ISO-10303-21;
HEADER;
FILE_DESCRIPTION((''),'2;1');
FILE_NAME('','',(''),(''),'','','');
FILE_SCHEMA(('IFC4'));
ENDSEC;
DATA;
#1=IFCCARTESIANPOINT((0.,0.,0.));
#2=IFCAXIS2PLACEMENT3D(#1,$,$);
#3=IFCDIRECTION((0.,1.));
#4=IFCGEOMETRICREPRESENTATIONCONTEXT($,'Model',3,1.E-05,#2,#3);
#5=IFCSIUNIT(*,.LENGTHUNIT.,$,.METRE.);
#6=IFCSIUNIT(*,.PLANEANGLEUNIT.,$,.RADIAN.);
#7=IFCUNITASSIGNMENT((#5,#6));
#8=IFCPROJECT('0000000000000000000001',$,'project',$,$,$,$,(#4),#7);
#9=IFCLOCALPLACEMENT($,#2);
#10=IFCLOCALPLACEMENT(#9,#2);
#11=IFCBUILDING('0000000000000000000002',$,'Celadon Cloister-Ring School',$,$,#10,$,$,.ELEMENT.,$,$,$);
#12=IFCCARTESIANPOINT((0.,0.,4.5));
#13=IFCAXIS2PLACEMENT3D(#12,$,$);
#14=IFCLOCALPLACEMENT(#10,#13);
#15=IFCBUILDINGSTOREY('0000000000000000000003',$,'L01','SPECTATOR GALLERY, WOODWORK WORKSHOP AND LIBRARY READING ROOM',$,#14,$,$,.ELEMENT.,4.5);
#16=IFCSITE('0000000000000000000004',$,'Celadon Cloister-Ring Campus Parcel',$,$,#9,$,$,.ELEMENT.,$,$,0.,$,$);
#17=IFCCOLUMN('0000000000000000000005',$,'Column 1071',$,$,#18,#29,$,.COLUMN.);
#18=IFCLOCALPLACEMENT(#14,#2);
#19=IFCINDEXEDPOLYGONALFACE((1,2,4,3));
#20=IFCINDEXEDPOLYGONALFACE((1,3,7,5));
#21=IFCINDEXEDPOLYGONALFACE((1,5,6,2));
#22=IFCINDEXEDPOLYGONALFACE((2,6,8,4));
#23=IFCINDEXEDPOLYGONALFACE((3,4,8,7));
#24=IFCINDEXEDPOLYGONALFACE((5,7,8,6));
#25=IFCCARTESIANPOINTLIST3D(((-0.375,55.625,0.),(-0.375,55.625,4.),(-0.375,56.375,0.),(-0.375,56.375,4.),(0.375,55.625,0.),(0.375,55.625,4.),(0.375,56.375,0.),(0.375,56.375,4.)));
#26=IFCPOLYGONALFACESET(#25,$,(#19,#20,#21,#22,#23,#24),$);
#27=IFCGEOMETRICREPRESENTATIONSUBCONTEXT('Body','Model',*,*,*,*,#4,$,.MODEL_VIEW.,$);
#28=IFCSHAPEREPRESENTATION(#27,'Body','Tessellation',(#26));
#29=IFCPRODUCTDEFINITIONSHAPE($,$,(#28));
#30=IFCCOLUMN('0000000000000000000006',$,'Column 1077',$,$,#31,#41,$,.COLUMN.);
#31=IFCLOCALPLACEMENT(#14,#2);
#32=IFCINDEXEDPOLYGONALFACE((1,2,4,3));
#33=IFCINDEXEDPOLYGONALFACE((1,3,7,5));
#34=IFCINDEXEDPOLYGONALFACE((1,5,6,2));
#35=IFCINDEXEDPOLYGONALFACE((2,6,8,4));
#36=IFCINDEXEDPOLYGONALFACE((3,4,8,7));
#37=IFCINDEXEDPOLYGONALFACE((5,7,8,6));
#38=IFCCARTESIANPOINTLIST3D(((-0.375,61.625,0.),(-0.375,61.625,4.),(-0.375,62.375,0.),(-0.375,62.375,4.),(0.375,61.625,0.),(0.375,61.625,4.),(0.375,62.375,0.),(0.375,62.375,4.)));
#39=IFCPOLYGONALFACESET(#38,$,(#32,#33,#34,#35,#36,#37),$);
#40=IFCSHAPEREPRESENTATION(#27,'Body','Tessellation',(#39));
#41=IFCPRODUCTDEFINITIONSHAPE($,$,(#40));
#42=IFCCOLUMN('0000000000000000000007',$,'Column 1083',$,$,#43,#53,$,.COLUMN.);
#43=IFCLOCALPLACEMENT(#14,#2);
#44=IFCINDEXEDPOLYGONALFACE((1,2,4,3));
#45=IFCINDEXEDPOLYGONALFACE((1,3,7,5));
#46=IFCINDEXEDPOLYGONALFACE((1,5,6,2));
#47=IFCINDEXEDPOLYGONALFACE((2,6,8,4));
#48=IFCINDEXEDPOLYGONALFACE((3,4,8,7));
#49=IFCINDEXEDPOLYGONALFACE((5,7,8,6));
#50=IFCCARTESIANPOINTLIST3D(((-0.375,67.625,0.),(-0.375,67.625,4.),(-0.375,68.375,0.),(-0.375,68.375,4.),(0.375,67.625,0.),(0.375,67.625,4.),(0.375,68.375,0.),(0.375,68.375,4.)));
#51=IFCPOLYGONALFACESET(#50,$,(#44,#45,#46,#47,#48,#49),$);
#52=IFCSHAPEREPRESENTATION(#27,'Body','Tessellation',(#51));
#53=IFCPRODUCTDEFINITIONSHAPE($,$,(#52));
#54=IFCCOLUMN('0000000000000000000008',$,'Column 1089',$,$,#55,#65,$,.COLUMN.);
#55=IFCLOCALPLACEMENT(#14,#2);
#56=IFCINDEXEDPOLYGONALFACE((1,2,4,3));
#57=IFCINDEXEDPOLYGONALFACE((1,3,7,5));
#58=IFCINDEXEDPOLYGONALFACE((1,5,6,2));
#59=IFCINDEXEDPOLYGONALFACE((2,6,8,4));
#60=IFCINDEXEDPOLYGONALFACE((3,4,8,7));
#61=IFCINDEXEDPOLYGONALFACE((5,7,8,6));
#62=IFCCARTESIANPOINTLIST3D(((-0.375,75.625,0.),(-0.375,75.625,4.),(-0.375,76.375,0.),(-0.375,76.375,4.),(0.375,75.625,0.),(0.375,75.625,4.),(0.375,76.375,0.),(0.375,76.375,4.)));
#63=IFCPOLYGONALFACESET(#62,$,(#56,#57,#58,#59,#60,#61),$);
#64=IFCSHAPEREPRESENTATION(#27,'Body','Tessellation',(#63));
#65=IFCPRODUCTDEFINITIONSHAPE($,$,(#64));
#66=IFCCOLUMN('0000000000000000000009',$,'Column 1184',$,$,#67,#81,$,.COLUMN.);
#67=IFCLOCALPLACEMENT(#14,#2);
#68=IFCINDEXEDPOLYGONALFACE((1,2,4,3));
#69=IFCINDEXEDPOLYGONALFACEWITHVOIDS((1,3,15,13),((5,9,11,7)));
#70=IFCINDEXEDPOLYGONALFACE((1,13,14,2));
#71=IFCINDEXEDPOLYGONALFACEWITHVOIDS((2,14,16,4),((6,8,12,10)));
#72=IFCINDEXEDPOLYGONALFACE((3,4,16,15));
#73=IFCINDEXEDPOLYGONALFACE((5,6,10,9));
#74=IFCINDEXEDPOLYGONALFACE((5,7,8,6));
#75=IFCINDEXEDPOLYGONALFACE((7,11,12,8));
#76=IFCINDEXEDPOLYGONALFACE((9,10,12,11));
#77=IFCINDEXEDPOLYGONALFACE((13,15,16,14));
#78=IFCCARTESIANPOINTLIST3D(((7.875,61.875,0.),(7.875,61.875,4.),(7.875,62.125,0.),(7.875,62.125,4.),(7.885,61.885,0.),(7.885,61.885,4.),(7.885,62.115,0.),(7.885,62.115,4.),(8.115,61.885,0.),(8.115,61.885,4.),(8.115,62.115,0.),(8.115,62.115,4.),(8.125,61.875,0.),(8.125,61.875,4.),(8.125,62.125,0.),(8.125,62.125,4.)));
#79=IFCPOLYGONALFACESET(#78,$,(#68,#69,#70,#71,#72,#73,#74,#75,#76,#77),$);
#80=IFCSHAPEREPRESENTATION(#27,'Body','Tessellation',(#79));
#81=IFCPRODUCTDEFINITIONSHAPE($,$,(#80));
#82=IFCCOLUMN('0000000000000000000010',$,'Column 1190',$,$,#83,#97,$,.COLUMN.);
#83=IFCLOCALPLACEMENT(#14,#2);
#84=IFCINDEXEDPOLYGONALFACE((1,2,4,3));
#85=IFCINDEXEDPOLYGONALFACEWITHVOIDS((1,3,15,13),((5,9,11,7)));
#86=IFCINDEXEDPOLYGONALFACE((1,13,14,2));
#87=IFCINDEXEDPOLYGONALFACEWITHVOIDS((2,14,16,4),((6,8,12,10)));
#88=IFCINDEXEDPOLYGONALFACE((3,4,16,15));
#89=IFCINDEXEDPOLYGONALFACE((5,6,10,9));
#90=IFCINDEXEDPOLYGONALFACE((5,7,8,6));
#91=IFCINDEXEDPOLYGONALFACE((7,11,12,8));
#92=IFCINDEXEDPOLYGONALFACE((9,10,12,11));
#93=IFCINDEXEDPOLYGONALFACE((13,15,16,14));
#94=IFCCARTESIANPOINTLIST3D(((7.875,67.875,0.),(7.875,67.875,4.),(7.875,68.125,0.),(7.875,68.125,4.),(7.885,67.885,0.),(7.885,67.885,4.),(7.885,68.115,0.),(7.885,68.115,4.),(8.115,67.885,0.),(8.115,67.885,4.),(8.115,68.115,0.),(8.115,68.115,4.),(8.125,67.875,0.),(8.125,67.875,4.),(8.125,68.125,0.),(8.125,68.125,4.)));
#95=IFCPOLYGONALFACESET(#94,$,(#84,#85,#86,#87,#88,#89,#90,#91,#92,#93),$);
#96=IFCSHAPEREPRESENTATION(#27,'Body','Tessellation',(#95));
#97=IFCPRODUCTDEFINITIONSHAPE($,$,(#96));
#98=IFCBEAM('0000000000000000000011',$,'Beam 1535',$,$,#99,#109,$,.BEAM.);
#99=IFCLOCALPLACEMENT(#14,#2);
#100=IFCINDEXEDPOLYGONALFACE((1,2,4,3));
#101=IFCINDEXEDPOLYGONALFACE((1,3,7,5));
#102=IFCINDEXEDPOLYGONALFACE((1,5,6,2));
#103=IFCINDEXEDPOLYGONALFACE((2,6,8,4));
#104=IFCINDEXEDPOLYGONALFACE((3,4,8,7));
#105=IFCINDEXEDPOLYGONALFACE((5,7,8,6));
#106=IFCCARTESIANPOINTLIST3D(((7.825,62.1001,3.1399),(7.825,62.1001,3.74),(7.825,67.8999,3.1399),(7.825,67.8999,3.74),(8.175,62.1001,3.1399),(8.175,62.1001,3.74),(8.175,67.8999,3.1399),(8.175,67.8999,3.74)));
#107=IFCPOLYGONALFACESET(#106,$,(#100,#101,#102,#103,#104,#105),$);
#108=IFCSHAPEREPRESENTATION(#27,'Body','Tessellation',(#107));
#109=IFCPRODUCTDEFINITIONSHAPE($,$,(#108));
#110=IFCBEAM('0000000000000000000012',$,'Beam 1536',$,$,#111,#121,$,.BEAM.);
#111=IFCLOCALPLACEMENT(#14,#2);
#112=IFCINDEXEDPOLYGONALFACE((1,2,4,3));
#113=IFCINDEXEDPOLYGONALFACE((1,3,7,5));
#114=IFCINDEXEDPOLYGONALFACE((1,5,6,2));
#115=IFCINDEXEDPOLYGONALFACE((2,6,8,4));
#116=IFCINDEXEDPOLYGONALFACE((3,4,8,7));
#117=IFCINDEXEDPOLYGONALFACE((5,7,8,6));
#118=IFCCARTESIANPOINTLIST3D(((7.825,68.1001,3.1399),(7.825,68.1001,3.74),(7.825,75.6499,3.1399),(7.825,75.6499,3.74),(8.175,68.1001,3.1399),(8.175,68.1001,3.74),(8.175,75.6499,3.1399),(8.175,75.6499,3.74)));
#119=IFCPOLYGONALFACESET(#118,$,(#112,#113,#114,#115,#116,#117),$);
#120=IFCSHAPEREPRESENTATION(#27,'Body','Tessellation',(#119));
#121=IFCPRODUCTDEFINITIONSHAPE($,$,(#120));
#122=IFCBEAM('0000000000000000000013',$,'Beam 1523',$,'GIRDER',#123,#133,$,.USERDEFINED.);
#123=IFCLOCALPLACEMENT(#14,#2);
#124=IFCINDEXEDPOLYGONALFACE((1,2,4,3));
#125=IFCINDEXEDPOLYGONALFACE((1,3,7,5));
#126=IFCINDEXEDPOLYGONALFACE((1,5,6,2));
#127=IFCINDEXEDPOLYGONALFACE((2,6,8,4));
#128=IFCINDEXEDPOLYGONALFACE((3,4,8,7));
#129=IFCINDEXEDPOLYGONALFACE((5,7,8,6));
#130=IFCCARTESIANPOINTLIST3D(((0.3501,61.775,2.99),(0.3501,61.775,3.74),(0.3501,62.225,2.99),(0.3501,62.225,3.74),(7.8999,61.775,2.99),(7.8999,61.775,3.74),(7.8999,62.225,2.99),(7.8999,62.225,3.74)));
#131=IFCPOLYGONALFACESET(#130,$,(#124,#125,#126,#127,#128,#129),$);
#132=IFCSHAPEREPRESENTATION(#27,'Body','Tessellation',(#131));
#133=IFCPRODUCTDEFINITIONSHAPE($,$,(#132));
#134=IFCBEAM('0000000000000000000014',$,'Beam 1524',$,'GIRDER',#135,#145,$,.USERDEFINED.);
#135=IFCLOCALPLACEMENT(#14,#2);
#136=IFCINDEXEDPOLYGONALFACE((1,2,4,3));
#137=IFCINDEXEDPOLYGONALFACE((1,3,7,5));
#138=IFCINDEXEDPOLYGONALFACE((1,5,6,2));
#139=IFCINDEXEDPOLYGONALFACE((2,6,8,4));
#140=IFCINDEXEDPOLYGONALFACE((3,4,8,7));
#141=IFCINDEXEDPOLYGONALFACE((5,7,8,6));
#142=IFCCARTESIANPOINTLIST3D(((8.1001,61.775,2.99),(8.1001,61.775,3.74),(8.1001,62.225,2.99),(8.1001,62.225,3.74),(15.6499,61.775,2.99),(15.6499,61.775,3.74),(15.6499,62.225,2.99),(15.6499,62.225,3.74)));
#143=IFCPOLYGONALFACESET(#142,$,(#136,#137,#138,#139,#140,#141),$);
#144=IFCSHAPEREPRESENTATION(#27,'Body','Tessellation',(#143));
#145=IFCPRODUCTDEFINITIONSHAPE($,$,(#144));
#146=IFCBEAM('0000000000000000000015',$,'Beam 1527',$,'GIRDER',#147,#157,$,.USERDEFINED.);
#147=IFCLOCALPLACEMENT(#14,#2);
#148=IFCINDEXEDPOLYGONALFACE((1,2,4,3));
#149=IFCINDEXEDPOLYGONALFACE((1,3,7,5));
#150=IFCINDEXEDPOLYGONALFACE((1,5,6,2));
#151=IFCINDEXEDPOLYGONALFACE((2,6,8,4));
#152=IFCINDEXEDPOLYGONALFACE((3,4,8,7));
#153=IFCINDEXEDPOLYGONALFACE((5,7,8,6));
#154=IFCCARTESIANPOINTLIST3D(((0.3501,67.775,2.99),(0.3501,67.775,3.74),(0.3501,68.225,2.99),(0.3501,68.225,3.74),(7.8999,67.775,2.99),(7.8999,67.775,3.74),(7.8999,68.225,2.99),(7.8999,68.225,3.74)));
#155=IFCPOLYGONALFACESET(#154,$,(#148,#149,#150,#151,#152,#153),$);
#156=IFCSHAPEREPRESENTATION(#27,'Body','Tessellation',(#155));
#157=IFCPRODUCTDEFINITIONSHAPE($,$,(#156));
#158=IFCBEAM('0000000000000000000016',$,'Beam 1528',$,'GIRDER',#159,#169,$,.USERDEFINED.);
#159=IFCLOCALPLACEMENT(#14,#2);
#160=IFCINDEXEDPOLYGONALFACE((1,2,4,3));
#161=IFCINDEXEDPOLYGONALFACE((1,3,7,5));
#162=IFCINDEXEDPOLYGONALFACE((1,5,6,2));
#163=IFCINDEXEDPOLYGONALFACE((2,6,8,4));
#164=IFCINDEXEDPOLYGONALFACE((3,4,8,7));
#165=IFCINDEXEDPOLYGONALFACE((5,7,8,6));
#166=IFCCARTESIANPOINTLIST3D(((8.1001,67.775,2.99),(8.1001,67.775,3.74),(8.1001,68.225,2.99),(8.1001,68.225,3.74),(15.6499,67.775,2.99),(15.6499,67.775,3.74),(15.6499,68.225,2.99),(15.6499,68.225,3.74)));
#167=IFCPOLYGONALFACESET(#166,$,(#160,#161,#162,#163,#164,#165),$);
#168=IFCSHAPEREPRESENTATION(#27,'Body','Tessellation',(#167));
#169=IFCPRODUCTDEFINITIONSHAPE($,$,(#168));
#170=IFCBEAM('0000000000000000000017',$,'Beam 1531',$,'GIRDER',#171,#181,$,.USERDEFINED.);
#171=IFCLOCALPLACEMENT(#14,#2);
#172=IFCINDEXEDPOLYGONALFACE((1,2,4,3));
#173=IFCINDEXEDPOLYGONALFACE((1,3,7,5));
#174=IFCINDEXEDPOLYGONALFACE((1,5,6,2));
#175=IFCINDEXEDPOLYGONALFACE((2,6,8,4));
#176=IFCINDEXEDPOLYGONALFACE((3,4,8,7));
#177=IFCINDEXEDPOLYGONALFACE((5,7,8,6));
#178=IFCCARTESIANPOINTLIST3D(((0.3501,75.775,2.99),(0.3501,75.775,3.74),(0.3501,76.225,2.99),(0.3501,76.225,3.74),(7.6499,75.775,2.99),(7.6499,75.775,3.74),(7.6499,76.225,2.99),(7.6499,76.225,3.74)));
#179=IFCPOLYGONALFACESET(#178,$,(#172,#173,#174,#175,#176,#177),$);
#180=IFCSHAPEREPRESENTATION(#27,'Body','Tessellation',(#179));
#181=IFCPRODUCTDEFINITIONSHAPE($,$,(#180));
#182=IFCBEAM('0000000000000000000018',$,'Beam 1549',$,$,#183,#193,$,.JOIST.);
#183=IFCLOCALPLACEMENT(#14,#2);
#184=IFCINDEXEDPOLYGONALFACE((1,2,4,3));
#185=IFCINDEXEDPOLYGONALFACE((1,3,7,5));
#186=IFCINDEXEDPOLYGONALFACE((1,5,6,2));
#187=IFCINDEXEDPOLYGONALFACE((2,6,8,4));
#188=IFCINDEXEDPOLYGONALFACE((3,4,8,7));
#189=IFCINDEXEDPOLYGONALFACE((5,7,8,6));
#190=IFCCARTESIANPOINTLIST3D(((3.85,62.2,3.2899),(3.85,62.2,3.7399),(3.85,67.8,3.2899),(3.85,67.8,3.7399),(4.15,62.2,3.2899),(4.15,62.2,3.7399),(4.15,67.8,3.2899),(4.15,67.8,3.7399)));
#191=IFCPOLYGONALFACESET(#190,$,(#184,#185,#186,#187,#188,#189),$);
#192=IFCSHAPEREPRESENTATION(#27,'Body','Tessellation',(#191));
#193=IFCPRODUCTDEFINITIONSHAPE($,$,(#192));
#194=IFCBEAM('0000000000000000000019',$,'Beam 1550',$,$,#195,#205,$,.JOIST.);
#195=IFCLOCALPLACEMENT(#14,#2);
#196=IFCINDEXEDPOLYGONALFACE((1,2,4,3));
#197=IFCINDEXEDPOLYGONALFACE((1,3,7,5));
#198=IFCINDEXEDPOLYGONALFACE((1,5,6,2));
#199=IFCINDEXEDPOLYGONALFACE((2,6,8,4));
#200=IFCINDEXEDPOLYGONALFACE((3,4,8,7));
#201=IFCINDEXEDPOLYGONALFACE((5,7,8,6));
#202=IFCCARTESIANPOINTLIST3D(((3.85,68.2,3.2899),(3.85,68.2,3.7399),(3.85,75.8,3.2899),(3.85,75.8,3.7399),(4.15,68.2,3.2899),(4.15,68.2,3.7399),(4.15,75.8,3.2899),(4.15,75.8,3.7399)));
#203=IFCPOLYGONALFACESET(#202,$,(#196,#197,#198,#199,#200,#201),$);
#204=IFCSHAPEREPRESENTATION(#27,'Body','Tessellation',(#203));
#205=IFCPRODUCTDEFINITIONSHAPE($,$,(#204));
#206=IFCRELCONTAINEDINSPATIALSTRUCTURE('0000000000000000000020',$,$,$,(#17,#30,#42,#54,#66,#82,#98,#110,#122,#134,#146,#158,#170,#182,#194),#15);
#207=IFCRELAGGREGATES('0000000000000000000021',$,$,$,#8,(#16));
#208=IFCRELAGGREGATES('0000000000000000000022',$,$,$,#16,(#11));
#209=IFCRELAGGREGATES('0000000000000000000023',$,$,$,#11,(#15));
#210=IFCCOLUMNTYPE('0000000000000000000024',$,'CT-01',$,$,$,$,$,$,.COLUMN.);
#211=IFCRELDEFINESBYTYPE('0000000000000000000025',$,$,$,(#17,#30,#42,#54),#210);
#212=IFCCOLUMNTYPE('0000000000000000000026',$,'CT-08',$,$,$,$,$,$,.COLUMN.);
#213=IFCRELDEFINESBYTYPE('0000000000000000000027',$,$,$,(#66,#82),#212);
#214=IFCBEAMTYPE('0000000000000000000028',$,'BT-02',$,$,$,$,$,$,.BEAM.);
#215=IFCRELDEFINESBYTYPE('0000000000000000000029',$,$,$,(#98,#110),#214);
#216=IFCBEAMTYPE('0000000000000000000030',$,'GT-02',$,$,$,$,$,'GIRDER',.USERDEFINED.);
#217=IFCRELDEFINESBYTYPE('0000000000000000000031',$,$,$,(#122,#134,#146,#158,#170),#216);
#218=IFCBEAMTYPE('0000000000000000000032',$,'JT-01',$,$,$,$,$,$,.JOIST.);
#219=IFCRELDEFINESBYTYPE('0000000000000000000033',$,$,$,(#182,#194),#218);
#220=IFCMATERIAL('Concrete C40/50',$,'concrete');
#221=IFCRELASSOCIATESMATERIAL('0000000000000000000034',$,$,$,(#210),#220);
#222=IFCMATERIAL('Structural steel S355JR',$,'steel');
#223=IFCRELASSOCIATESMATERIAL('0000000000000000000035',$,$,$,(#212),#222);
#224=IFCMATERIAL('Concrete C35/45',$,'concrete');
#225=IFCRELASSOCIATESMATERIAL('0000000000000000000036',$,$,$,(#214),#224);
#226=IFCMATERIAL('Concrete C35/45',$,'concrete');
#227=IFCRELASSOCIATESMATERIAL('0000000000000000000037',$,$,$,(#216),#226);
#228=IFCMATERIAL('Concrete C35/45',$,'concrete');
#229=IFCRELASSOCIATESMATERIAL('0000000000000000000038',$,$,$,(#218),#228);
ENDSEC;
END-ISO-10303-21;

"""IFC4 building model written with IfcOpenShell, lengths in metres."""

from ifc_helpers import new_model, si_unit, direction, frame, origin, origin_2d, place, context, subcontext, project, spatial, rectangle, hollow_rectangle, extrude, material, material_profile, profile_set, type_object, element, save


model = new_model("IFC4")

# Units and contexts
model_context = context("Model", 3, precision=1e-05, world=origin(), true_north=direction((0.0, 1.0)))
body_context = subcontext(model_context, "Body", "Model", "MODEL_VIEW")
ifc_project = project(units=[si_unit("LENGTHUNIT", "METRE"), si_unit("PLANEANGLEUNIT", "RADIAN")], contexts=[model_context])

# Site, building, storey
site_placement = place(None, origin())
site = spatial("IfcSite", under=ifc_project, at=site_placement, Name="Celadon Cloister-Ring Campus Parcel", CompositionType="ELEMENT", RefElevation=0.0)
building_placement = place(site_placement, origin())
building = spatial("IfcBuilding", under=site, at=building_placement, Name="Celadon Cloister-Ring School", CompositionType="ELEMENT")
storey_placement = place(building_placement, frame((0.0, 0.0, 4.5)))
storey = spatial("IfcBuildingStorey", under=building, at=storey_placement, Name="L01", Description="SPECTATOR GALLERY, WOODWORK WORKSHOP AND LIBRARY READING ROOM", CompositionType="ELEMENT", Elevation=4.5)

# Columns
ifc_material_1 = material(Name="Concrete C40/50", Category="concrete")
ifc_material_profile_1 = material_profile(ifc_material_1, rectangle(XDim=0.75, YDim=0.75, at=origin_2d()), Name="RC750X750")
ifc_profile_set_1 = profile_set([ifc_material_profile_1], Name="Concrete C40/50")
column_type_1 = type_object("IfcColumnType", Name="CT-01", PredefinedType="COLUMN", material=ifc_profile_set_1)
for number, where, z_axis, x_axis, name in (
    (1, (0.0, 56.0, 0.0), (0.0, 0.0, 1.0), (1.0, 0.0, 0.0), "Column 1071"),
    (2, (0.0, 62.0, 0.0), (0.0, 0.0, 1.0), (1.0, 0.0, 0.0), "Column 1077"),
    (3, (0.0, 68.0, 0.0), (0.0, 0.0, 1.0), (1.0, 0.0, 0.0), "Column 1083"),
    (4, (0.0, 76.0, 0.0), (0.0, 0.0, 1.0), (1.0, 0.0, 0.0), "Column 1089"),
):
    element("IfcColumn", number, at=place(storey_placement, frame(where, z_axis=z_axis, x_axis=x_axis)), inside=storey, type_object=column_type_1, Name=name, PredefinedType="COLUMN", context=body_context, shape_type="SweptSolid", body=[
        extrude(rectangle(XDim=0.75, YDim=0.75, at=origin_2d()), origin(), (0.0, 0.0, 1.0), 4.0),
    ])
ifc_material_2 = material(Name="Structural steel S355JR", Category="steel")
ifc_material_profile_2 = material_profile(ifc_material_2, hollow_rectangle(XDim=0.25, YDim=0.25, WallThickness=0.01, at=origin_2d()), Name="HSS250X250X10")
ifc_profile_set_2 = profile_set([ifc_material_profile_2], Name="Structural steel S355JR")
column_type_2 = type_object("IfcColumnType", Name="CT-08", PredefinedType="COLUMN", material=ifc_profile_set_2)
for number, where, z_axis, x_axis, name in (
    (5, (8.0, 62.0, 0.0), (0.0, 0.0, 1.0), (1.0, 0.0, 0.0), "Column 1184"),
    (6, (8.0, 68.0, 0.0), (0.0, 0.0, 1.0), (1.0, 0.0, 0.0), "Column 1190"),
):
    element("IfcColumn", number, at=place(storey_placement, frame(where, z_axis=z_axis, x_axis=x_axis)), inside=storey, type_object=column_type_2, Name=name, PredefinedType="COLUMN", context=body_context, shape_type="SweptSolid", body=[
        extrude(hollow_rectangle(XDim=0.25, YDim=0.25, WallThickness=0.01, at=origin_2d()), origin(), (0.0, 0.0, 1.0), 4.0),
    ])

# Beams
ifc_material_3 = material(Name="Concrete C35/45", Category="concrete")
ifc_material_profile_3 = material_profile(ifc_material_3, rectangle(XDim=0.3501, YDim=0.6001, at=origin_2d()), Name="RC350X600")
ifc_profile_set_3 = profile_set([ifc_material_profile_3], Name="Concrete C35/45")
beam_type_1 = type_object("IfcBeamType", Name="BT-02", PredefinedType="BEAM", material=ifc_profile_set_3)
beam_1_placement = place(storey_placement, frame((8.0, 62.1001, 3.4399), z_axis=(0.0, 1.0, 0.0), x_axis=(-1.0, 0.0, 0.0)))
element("IfcBeam", 7, at=beam_1_placement, inside=storey, type_object=beam_type_1, Name="Beam 1535", PredefinedType="BEAM", context=body_context, shape_type="SweptSolid", body=[
    extrude(rectangle(XDim=0.3501, YDim=0.6001, at=origin_2d()), origin(), (0.0, 0.0, 1.0), 5.7998),
])
beam_2_placement = place(storey_placement, frame((8.0, 68.1001, 3.4399), z_axis=(0.0, 1.0, 0.0), x_axis=(-1.0, 0.0, 0.0)))
element("IfcBeam", 8, at=beam_2_placement, inside=storey, type_object=beam_type_1, Name="Beam 1536", PredefinedType="BEAM", context=body_context, shape_type="SweptSolid", body=[
    extrude(rectangle(XDim=0.3501, YDim=0.6001, at=origin_2d()), origin(), (0.0, 0.0, 1.0), 7.5498),
])
ifc_material_4 = material(Name="Concrete C35/45", Category="concrete")
ifc_material_profile_4 = material_profile(ifc_material_4, rectangle(XDim=0.45, YDim=0.75, at=origin_2d()), Name="RC450X750")
ifc_profile_set_4 = profile_set([ifc_material_profile_4], Name="Concrete C35/45")
beam_type_2 = type_object("IfcBeamType", Name="GT-02", ElementType="GIRDER", PredefinedType="USERDEFINED", material=ifc_profile_set_4)
for number, where, z_axis, x_axis, name in (
    (9, (0.3501, 62.0, 3.365), (1.0, 0.0, 0.0), (0.0, 1.0, 0.0), "Beam 1523"),
    (10, (8.1001, 62.0, 3.365), (1.0, 0.0, 0.0), (0.0, 1.0, 0.0), "Beam 1524"),
    (11, (0.3501, 68.0, 3.365), (1.0, 0.0, 0.0), (0.0, 1.0, 0.0), "Beam 1527"),
    (12, (8.1001, 68.0, 3.365), (1.0, 0.0, 0.0), (0.0, 1.0, 0.0), "Beam 1528"),
):
    element("IfcBeam", number, at=place(storey_placement, frame(where, z_axis=z_axis, x_axis=x_axis)), inside=storey, type_object=beam_type_2, Name=name, ObjectType="GIRDER", PredefinedType="USERDEFINED", context=body_context, shape_type="SweptSolid", body=[
        extrude(rectangle(XDim=0.45, YDim=0.75, at=origin_2d()), origin(), (0.0, 0.0, 1.0), 7.5498),
    ])
beam_3_placement = place(storey_placement, frame((0.3501, 76.0, 3.365), z_axis=(1.0, 0.0, 0.0), x_axis=(0.0, 1.0, 0.0)))
element("IfcBeam", 13, at=beam_3_placement, inside=storey, type_object=beam_type_2, Name="Beam 1531", ObjectType="GIRDER", PredefinedType="USERDEFINED", context=body_context, shape_type="SweptSolid", body=[
    extrude(rectangle(XDim=0.45, YDim=0.75, at=origin_2d()), origin(), (0.0, 0.0, 1.0), 7.2998),
])
ifc_material_5 = material(Name="Concrete C35/45", Category="concrete")
ifc_material_profile_5 = material_profile(ifc_material_5, rectangle(XDim=0.3, YDim=0.45, at=origin_2d()), Name="RC300X450")
ifc_profile_set_5 = profile_set([ifc_material_profile_5], Name="Concrete C35/45")
beam_type_3 = type_object("IfcBeamType", Name="JT-01", PredefinedType="JOIST", material=ifc_profile_set_5)
beam_4_placement = place(storey_placement, frame((4.0, 62.2, 3.5149), z_axis=(0.0, 1.0, 0.0), x_axis=(-1.0, 0.0, 0.0)))
element("IfcBeam", 14, at=beam_4_placement, inside=storey, type_object=beam_type_3, Name="Beam 1549", PredefinedType="JOIST", context=body_context, shape_type="SweptSolid", body=[
    extrude(rectangle(XDim=0.3, YDim=0.45, at=origin_2d()), origin(), (0.0, 0.0, 1.0), 5.6001),
])
beam_5_placement = place(storey_placement, frame((4.0, 68.2, 3.5149), z_axis=(0.0, 1.0, 0.0), x_axis=(-1.0, 0.0, 0.0)))
element("IfcBeam", 15, at=beam_5_placement, inside=storey, type_object=beam_type_3, Name="Beam 1550", PredefinedType="JOIST", context=body_context, shape_type="SweptSolid", body=[
    extrude(rectangle(XDim=0.3, YDim=0.45, at=origin_2d()), origin(), (0.0, 0.0, 1.0), 7.6001),
])

save(model, "model.ifc")
